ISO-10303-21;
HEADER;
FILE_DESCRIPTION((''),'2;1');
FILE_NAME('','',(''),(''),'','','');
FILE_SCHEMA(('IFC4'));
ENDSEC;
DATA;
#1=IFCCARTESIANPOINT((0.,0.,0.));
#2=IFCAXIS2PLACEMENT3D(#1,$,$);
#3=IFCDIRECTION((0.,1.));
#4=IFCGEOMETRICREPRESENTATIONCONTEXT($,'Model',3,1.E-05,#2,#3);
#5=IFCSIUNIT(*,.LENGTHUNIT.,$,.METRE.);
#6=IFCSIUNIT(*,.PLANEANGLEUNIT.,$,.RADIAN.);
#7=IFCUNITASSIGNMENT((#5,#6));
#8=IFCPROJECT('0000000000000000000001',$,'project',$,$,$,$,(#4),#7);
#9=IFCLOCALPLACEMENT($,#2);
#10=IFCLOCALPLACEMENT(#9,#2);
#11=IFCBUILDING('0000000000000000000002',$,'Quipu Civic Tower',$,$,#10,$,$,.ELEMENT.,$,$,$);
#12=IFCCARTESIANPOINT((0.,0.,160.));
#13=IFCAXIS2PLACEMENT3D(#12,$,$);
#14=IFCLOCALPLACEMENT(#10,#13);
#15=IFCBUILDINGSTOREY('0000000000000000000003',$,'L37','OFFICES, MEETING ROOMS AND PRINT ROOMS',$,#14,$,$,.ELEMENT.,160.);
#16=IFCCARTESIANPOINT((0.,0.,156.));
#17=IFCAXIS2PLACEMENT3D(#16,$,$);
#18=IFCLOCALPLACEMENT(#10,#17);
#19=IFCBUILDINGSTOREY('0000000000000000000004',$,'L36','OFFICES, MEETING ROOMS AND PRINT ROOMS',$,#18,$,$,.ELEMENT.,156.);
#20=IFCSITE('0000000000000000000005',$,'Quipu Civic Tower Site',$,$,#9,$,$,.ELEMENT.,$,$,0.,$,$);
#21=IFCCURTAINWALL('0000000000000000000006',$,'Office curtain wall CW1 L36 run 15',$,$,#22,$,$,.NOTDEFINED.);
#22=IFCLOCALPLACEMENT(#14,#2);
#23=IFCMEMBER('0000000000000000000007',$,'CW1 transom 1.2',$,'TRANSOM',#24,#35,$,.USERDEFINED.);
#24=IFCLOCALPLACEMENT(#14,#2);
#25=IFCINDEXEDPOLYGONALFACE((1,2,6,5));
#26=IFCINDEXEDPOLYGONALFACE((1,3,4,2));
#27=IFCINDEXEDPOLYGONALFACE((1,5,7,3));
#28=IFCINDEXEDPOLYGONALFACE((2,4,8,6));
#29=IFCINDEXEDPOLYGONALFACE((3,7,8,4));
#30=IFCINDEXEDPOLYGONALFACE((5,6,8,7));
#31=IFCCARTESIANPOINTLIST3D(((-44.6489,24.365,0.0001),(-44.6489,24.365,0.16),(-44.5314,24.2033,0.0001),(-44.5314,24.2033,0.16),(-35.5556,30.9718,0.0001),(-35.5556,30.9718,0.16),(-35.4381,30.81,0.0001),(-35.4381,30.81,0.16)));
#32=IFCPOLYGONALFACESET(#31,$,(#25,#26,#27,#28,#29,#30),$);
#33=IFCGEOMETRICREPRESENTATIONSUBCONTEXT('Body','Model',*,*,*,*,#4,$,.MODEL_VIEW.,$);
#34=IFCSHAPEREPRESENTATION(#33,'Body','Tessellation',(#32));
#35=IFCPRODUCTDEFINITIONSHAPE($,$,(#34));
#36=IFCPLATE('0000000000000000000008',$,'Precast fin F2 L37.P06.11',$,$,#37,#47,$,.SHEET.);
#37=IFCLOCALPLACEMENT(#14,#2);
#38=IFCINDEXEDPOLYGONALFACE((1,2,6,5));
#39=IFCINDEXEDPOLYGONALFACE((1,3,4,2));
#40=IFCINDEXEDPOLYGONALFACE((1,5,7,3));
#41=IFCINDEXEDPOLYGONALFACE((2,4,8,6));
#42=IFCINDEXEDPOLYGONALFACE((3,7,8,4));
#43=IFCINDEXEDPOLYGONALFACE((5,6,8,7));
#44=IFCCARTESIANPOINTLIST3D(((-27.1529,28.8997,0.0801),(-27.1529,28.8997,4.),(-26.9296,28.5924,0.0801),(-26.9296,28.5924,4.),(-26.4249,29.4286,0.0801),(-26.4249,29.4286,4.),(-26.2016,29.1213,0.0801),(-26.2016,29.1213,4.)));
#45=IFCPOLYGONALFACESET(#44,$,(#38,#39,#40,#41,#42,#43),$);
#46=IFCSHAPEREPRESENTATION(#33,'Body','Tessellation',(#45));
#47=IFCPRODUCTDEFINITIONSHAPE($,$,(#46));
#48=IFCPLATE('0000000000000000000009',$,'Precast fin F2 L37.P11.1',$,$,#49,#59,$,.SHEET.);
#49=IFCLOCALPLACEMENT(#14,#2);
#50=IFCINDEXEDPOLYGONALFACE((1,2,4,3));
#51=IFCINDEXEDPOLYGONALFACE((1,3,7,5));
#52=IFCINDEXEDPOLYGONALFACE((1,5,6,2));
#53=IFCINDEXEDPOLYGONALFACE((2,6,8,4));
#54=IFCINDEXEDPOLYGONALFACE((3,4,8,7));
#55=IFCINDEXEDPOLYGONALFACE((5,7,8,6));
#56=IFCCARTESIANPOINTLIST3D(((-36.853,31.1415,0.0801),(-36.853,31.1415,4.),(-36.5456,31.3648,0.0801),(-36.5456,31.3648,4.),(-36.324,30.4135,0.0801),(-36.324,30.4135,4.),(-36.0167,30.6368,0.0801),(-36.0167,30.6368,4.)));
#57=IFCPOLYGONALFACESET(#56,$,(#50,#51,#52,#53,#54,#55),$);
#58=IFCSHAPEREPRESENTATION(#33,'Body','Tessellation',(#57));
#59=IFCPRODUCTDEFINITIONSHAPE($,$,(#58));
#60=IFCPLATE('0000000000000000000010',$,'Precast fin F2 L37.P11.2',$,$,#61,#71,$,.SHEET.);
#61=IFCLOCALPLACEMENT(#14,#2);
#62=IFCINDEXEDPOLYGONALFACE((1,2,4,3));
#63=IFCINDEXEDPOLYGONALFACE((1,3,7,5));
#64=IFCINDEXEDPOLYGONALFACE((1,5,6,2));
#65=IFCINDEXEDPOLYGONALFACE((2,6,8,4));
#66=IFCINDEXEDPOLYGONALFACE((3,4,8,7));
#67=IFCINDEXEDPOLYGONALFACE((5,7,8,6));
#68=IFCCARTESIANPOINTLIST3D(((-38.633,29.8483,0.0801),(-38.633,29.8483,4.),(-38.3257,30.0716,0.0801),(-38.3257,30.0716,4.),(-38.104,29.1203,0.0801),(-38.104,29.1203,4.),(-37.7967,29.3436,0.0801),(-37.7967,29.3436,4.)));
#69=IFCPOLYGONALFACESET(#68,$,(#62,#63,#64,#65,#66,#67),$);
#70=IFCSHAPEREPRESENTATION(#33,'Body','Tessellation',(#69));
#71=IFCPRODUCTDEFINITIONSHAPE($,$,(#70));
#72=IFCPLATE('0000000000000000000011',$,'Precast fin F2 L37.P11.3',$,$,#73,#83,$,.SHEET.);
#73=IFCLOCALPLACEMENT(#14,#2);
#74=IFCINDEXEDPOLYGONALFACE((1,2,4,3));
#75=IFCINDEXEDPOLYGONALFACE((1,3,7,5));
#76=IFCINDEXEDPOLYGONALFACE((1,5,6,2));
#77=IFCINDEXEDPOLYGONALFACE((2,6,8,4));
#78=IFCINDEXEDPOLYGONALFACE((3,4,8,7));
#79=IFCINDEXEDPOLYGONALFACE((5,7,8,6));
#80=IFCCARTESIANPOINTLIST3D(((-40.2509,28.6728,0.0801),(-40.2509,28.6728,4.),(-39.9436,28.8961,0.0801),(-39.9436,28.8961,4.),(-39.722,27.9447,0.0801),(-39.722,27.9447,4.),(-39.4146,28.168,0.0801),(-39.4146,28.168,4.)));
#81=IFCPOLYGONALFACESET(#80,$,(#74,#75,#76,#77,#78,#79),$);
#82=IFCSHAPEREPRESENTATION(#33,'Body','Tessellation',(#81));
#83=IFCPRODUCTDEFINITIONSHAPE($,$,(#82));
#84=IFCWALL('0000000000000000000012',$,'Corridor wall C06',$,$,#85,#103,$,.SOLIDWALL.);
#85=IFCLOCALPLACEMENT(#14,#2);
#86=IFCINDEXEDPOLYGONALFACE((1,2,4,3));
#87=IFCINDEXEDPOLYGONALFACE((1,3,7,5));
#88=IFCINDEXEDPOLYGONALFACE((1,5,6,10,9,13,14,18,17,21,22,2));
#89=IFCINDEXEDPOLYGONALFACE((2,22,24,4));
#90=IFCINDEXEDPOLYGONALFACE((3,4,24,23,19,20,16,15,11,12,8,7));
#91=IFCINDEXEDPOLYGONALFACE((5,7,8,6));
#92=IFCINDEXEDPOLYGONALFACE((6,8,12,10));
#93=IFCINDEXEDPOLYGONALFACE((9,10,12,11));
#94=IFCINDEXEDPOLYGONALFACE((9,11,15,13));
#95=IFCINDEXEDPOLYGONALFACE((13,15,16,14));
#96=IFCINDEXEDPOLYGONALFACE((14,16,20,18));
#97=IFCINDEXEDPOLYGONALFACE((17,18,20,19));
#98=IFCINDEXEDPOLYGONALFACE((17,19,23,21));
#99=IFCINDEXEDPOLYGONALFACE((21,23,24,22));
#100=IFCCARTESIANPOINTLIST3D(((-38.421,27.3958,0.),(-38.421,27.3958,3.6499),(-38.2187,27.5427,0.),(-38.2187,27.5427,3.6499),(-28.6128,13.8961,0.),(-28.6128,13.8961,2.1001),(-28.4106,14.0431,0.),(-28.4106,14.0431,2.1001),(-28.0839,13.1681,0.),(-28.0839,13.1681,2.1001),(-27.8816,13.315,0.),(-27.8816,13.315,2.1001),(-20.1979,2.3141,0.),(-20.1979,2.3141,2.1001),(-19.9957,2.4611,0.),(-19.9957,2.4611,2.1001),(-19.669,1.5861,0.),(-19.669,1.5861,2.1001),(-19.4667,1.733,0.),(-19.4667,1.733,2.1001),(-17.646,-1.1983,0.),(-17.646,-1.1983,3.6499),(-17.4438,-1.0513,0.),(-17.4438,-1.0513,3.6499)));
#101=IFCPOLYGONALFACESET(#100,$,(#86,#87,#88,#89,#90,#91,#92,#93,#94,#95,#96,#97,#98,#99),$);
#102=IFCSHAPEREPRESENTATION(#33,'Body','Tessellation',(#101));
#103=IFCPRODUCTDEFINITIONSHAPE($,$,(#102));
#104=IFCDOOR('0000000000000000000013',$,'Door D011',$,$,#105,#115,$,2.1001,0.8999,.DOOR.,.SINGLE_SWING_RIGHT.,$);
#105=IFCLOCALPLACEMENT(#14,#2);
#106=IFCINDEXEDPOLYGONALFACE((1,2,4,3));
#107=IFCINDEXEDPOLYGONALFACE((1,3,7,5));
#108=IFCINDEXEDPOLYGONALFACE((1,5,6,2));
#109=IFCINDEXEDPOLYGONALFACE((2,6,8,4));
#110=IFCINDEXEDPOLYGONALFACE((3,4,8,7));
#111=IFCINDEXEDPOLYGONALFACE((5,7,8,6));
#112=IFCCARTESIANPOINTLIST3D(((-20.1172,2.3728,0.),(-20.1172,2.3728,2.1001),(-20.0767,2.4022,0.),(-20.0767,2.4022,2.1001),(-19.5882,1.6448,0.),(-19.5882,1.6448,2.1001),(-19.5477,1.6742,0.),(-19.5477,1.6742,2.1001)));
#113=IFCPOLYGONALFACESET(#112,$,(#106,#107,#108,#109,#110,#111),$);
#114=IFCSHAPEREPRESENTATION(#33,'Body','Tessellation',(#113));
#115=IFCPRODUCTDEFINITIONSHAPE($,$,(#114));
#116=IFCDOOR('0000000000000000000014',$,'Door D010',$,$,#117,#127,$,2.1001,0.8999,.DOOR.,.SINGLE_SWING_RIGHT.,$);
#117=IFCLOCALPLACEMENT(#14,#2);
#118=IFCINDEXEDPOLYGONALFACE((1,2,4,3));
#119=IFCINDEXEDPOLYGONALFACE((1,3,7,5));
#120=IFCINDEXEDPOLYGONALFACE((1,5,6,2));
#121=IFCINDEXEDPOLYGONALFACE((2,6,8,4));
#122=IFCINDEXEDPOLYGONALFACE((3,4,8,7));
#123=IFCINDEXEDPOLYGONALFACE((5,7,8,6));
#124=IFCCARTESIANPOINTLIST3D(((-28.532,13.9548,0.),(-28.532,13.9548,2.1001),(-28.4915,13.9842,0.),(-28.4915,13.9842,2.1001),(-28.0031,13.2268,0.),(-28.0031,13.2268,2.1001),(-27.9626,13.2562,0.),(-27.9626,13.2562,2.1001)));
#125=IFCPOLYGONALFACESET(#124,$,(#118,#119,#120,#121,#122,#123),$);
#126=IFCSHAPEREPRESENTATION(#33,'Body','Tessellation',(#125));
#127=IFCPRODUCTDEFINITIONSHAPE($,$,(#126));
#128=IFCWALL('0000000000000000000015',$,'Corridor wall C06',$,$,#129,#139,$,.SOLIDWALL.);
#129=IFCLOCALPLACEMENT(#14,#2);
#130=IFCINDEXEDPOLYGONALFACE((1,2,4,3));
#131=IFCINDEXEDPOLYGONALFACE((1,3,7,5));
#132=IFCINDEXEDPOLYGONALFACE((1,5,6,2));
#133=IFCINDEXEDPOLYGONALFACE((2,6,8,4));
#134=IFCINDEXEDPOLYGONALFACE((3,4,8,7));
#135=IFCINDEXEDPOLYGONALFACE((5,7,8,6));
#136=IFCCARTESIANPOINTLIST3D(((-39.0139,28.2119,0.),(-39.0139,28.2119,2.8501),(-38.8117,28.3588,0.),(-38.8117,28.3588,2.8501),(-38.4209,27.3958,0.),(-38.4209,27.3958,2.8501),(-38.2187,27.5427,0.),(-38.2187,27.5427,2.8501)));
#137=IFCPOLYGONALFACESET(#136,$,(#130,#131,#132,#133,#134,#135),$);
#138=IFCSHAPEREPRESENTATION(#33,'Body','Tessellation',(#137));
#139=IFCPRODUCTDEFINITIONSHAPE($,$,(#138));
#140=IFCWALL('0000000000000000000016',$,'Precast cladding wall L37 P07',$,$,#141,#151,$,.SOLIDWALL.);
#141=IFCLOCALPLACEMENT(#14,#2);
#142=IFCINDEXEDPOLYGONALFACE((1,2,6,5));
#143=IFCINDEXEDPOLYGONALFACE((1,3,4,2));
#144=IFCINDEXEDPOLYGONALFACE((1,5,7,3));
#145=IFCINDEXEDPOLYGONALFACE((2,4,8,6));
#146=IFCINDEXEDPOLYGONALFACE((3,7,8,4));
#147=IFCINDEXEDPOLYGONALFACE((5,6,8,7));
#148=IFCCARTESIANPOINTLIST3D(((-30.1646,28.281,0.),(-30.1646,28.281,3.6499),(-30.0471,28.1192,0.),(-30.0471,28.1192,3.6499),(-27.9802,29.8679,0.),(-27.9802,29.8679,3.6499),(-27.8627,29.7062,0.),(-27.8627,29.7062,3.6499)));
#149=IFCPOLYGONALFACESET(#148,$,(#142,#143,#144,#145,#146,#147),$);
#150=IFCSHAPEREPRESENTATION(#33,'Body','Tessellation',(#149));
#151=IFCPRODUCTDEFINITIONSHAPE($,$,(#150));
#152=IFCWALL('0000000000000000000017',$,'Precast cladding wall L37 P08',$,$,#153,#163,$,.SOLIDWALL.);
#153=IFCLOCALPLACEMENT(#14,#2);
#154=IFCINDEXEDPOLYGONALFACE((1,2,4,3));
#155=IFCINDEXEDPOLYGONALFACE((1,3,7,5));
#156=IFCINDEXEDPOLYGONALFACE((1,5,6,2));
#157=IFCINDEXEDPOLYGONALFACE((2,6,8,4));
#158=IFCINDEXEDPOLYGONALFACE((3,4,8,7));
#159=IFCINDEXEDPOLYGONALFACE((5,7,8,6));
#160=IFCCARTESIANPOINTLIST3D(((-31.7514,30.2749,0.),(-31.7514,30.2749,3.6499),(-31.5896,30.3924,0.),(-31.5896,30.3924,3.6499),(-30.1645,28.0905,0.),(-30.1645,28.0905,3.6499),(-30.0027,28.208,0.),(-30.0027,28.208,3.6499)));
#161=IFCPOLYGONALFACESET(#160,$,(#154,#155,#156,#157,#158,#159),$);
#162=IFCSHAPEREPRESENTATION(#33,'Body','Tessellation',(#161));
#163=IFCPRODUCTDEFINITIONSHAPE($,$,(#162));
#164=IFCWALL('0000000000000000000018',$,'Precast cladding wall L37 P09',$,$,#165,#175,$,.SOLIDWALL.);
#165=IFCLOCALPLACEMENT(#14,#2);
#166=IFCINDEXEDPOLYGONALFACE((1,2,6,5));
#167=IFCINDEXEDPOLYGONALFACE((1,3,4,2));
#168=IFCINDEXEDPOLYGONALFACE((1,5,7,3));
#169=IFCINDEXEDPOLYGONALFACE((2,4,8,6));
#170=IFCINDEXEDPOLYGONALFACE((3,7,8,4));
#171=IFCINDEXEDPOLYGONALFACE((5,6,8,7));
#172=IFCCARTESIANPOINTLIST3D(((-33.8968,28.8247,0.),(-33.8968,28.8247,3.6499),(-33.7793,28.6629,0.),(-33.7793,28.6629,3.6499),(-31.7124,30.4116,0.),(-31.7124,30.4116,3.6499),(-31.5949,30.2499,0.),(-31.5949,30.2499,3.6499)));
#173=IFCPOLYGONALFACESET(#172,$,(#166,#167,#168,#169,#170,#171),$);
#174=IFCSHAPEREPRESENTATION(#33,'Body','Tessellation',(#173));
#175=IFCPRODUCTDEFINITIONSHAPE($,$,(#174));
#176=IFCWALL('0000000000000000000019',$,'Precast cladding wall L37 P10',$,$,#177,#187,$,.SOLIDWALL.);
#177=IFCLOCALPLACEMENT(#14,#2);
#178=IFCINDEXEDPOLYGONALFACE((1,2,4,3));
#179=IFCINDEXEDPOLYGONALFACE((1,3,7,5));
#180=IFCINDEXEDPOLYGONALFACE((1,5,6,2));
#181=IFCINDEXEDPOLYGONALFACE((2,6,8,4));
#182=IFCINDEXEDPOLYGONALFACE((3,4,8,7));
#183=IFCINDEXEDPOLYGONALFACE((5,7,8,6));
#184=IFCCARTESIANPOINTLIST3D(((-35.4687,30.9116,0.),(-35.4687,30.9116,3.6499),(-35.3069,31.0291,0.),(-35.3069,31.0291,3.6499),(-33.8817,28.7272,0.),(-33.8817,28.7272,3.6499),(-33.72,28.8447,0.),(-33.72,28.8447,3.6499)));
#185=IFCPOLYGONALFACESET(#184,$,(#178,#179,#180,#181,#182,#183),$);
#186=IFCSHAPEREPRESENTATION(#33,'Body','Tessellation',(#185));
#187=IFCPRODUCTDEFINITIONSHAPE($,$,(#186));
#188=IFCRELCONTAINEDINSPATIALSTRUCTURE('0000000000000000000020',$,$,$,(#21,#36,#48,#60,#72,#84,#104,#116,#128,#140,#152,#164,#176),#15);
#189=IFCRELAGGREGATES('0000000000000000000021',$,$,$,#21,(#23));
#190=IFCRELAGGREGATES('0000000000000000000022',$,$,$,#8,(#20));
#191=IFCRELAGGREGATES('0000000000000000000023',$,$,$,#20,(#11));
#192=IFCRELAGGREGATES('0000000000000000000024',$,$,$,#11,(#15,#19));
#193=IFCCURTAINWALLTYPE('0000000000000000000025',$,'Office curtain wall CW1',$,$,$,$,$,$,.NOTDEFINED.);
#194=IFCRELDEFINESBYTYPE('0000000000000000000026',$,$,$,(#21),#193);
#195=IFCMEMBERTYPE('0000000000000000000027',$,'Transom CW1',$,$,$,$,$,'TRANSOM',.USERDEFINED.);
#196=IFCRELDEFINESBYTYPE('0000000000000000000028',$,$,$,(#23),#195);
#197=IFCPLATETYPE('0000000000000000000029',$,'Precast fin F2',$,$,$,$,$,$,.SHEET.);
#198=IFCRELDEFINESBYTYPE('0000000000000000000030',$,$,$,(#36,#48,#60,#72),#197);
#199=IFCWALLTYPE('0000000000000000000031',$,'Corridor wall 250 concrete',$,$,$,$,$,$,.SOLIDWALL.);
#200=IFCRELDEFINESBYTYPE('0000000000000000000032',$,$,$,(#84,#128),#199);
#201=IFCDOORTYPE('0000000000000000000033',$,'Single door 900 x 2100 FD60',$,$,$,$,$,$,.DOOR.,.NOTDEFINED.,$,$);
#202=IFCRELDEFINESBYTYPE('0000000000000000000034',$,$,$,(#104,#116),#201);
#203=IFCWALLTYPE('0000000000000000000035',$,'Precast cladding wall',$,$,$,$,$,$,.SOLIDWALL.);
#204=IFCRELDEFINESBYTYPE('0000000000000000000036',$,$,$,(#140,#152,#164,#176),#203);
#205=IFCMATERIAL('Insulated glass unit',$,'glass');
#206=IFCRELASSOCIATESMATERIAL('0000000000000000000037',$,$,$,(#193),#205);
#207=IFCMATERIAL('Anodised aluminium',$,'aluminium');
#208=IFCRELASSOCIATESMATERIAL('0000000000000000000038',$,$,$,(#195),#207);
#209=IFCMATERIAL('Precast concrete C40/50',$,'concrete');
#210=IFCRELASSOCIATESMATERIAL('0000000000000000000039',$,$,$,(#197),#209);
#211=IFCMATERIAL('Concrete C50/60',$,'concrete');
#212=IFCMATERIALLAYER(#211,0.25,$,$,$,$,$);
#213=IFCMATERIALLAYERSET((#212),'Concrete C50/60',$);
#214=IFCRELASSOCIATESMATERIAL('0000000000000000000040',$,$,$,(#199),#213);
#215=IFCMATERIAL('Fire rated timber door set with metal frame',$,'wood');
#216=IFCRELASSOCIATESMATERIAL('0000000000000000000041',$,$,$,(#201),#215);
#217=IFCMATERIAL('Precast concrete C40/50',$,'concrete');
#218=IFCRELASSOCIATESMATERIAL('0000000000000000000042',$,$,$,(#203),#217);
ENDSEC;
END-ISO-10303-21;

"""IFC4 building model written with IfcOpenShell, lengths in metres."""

from ifc_helpers import new_model, si_unit, direction, frame, frame_2d, origin, origin_2d, place, context, subcontext, project, spatial, rectangle, extrude, material, layer, layer_set, material_profile, profile_set, type_object, element, fill, aggregate, save


model = new_model("IFC4")

# Units and contexts
model_context = context("Model", 3, precision=1e-05, world=origin(), true_north=direction((0.0, 1.0)))
body_context = subcontext(model_context, "Body", "Model", "MODEL_VIEW")
ifc_project = project(units=[si_unit("LENGTHUNIT", "METRE"), si_unit("PLANEANGLEUNIT", "RADIAN")], contexts=[model_context])

# Site, building, storey
site_placement = place(None, origin())
site = spatial("IfcSite", under=ifc_project, at=site_placement, Name="Quipu Civic Tower Site", CompositionType="ELEMENT", RefElevation=0.0)
building_placement = place(site_placement, origin())
building = spatial("IfcBuilding", under=site, at=building_placement, Name="Quipu Civic Tower", CompositionType="ELEMENT")
storey_1_placement = place(building_placement, frame((0.0, 0.0, 160.0)))
storey_1 = spatial("IfcBuildingStorey", under=building, at=storey_1_placement, Name="L37", Description="OFFICES, MEETING ROOMS AND PRINT ROOMS", CompositionType="ELEMENT", Elevation=160.0)

# Curtain wall
ifc_material_1 = material(Name="Insulated glass unit", Category="glass")
curtain_wall_type = type_object("IfcCurtainWallType", Name="Office curtain wall CW1", PredefinedType="NOTDEFINED", material=ifc_material_1)
curtain_wall_1_placement = place(storey_1_placement, origin())
curtain_wall_1 = element("IfcCurtainWall", 1, at=curtain_wall_1_placement, inside=storey_1, type_object=curtain_wall_type, Name="Office curtain wall CW1 L36 run 15", PredefinedType="NOTDEFINED")

# Shared definitions
storey_2_placement = place(building_placement, frame((0.0, 0.0, 156.0)))
storey_2 = spatial("IfcBuildingStorey", under=building, at=storey_2_placement, Name="L36", Description="OFFICES, MEETING ROOMS AND PRINT ROOMS", CompositionType="ELEMENT", Elevation=156.0)

# Shared definitions
ifc_material_2 = material(Name="Anodised aluminium", Category="aluminium")
ifc_material_profile_1 = material_profile(ifc_material_2, rectangle(XDim=0.2, YDim=0.1599, at=origin_2d()), Name="RECT 200x160")
ifc_profile_set_1 = profile_set([ifc_material_profile_1], Name="Anodised aluminium")
member_type_1 = type_object("IfcMemberType", Name="Transom CW1", ElementType="TRANSOM", PredefinedType="USERDEFINED", material=ifc_profile_set_1)

# Member
member_1_placement = place(storey_1_placement, frame((-35.4968, 30.8909, 0.0801), z_axis=(-0.809015, -0.587788, 0.0), x_axis=(0.587788, -0.809015, 0.0)))
member_1 = element("IfcMember", 2, at=member_1_placement, type_object=member_type_1, Name="CW1 transom 1.2", ObjectType="TRANSOM", PredefinedType="USERDEFINED", context=body_context, shape_type="SweptSolid", body=[
    extrude(rectangle(XDim=0.2, YDim=0.1599, at=origin_2d()), origin(), (0.0, 0.0, 1.0), 11.24),
])
aggregate(curtain_wall_1, [member_1])

# Plates
ifc_material_3 = material(Name="Precast concrete C40/50", Category="concrete")
plate_type = type_object("IfcPlateType", Name="Precast fin F2", PredefinedType="SHEET", material=ifc_material_3)
for number, where, z_axis, x_axis, name in (
    (3, (-26.6772, 29.0105, 0.0801), (0.0, 0.0, 1.0), (-0.587787, 0.809016, 0.0), "Precast fin F2 L37.P06.11"),
    (4, (-36.4348, 30.8892, 0.0801), (0.0, 0.0, 1.0), (-0.809017, -0.587785, 0.0), "Precast fin F2 L37.P11.1"),
    (5, (-38.2148, 29.5959, 0.0801), (0.0, 0.0, 1.0), (-0.809017, -0.587785, 0.0), "Precast fin F2 L37.P11.2"),
    (6, (-39.8328, 28.4204, 0.0801), (0.0, 0.0, 1.0), (-0.809017, -0.587785, 0.0), "Precast fin F2 L37.P11.3"),
):
    element("IfcPlate", number, at=place(storey_1_placement, frame(where, z_axis=z_axis, x_axis=x_axis)), inside=storey_1, type_object=plate_type, Name=name, PredefinedType="SHEET", context=body_context, shape_type="SweptSolid", body=[
        extrude(rectangle(XDim=0.3799, YDim=0.8999, at=origin_2d()), origin(), (0.0, 0.0, 1.0), 3.9199),
    ])

# Wall, openings, doors
ifc_material_4 = material(Name="Concrete C50/60", Category="concrete")
ifc_layer = layer(ifc_material_4, 0.25)
ifc_layer_set = layer_set([ifc_layer], Name="Concrete C50/60")
wall_type_1 = type_object("IfcWallType", Name="Corridor wall 250 concrete", PredefinedType="SOLIDWALL", material=ifc_layer_set)
wall_1_placement = place(storey_1_placement, frame((-38.3198, 27.4692, 0.0), z_axis=(0.0, 0.0, 1.0), x_axis=(0.587788, -0.809015, 0.0)))
wall_1 = element("IfcWall", 7, at=wall_1_placement, inside=storey_1, type_object=wall_type_1, Name="Corridor wall C06", PredefinedType="SOLIDWALL", context=body_context, shape_type="SweptSolid", body=[
    extrude(rectangle(XDim=35.3442, YDim=0.25, at=frame_2d((17.6721, 0.0))), origin(), (0.0, 0.0, 1.0), 3.6499),
])
opening_1_placement = place(wall_1_placement, frame((31.0027, 0.0, 0.0)))
opening_1 = element("IfcOpeningElement", 8, at=opening_1_placement, cuts=wall_1, PredefinedType="OPENING", context=body_context, shape_type="SweptSolid", body=[
    extrude(rectangle(XDim=0.8999, YDim=2.1001, at=frame_2d((0.45, 1.05))), frame((0.0, 0.135, 0.0), z_axis=(0.0, -1.0, 0.0), x_axis=(1.0, 0.0, 0.0)), (0.0, 0.0, 1.0), 0.27),
])
opening_2_placement = place(wall_1_placement, frame((16.6865, 0.0, 0.0)))
opening_2 = element("IfcOpeningElement", 9, at=opening_2_placement, cuts=wall_1, PredefinedType="OPENING", context=body_context, shape_type="SweptSolid", body=[
    extrude(rectangle(XDim=0.8999, YDim=2.1001, at=frame_2d((0.45, 1.05))), frame((0.0, 0.135, 0.0), z_axis=(0.0, -1.0, 0.0), x_axis=(1.0, 0.0, 0.0)), (0.0, 0.0, 1.0), 0.27),
])
ifc_material_5 = material(Name="Fire rated timber door set with metal frame", Category="wood")
door_type = type_object("IfcDoorType", Name="Single door 900 x 2100 FD60", OperationType="NOTDEFINED", PredefinedType="DOOR", material=ifc_material_5)
door_1_placement = place(opening_1_placement, origin())
door_1 = element("IfcDoor", 10, at=door_1_placement, inside=storey_1, type_object=door_type, Name="Door D011", OperationType="SINGLE_SWING_RIGHT", OverallHeight=2.1001, OverallWidth=0.8999, PredefinedType="DOOR", context=body_context, shape_type="SweptSolid", body=[
    extrude(rectangle(XDim=0.8999, YDim=2.1001, at=frame_2d((0.45, 1.05))), frame((0.0, 0.0249, 0.0), z_axis=(0.0, -1.0, 0.0), x_axis=(1.0, 0.0, 0.0)), (0.0, 0.0, 1.0), 0.05),
])
fill(opening_1, door_1)
door_2_placement = place(opening_2_placement, origin())
door_2 = element("IfcDoor", 11, at=door_2_placement, inside=storey_1, type_object=door_type, Name="Door D010", OperationType="SINGLE_SWING_RIGHT", OverallHeight=2.1001, OverallWidth=0.8999, PredefinedType="DOOR", context=body_context, shape_type="SweptSolid", body=[
    extrude(rectangle(XDim=0.8999, YDim=2.1001, at=frame_2d((0.45, 1.05))), frame((0.0, 0.0249, 0.0), z_axis=(0.0, -1.0, 0.0), x_axis=(1.0, 0.0, 0.0)), (0.0, 0.0, 1.0), 0.05),
])
fill(opening_2, door_2)

# Walls
wall_2_placement = place(storey_1_placement, frame((-38.3198, 27.4692, 0.0), z_axis=(0.0, 0.0, 1.0), x_axis=(-0.587812, 0.808998, 0.0)))
element("IfcWall", 12, at=wall_2_placement, inside=storey_1, type_object=wall_type_1, Name="Corridor wall C06", PredefinedType="SOLIDWALL", context=body_context, shape_type="SweptSolid", body=[
    extrude(rectangle(XDim=1.0088, YDim=0.25, at=frame_2d((0.5044, 0.0))), origin(), (0.0, 0.0, 1.0), 2.8501),
])
ifc_material_6 = material(Name="Precast concrete C40/50", Category="concrete")
wall_type_2 = type_object("IfcWallType", Name="Precast cladding wall", PredefinedType="SOLIDWALL", material=ifc_material_6)
for number, where, z_axis, x_axis, name in (
    (13, (-27.9214, 29.7871, 0.0), (0.0, 0.0, 1.0), (-0.809033, -0.587763, 0.0), "Precast cladding wall L37 P07"),
    (14, (-30.0835, 28.1492, 0.0), (0.0, 0.0, 1.0), (-0.587763, 0.809033, 0.0), "Precast cladding wall L37 P08"),
    (15, (-31.6536, 30.3308, 0.0), (0.0, 0.0, 1.0), (-0.809033, -0.587763, 0.0), "Precast cladding wall L37 P09"),
    (16, (-33.8008, 28.7859, 0.0), (0.0, 0.0, 1.0), (-0.587763, 0.809033, 0.0), "Precast cladding wall L37 P10"),
):
    element("IfcWall", number, at=place(storey_1_placement, frame(where, z_axis=z_axis, x_axis=x_axis)), inside=storey_1, type_object=wall_type_2, Name=name, PredefinedType="SOLIDWALL", context=body_context, shape_type="SweptSolid", body=[
        extrude(rectangle(XDim=2.7, YDim=0.2, at=frame_2d((1.3501, 0.0))), origin(), (0.0, 0.0, 1.0), 3.6499),
    ])

save(model, "model.ifc")
